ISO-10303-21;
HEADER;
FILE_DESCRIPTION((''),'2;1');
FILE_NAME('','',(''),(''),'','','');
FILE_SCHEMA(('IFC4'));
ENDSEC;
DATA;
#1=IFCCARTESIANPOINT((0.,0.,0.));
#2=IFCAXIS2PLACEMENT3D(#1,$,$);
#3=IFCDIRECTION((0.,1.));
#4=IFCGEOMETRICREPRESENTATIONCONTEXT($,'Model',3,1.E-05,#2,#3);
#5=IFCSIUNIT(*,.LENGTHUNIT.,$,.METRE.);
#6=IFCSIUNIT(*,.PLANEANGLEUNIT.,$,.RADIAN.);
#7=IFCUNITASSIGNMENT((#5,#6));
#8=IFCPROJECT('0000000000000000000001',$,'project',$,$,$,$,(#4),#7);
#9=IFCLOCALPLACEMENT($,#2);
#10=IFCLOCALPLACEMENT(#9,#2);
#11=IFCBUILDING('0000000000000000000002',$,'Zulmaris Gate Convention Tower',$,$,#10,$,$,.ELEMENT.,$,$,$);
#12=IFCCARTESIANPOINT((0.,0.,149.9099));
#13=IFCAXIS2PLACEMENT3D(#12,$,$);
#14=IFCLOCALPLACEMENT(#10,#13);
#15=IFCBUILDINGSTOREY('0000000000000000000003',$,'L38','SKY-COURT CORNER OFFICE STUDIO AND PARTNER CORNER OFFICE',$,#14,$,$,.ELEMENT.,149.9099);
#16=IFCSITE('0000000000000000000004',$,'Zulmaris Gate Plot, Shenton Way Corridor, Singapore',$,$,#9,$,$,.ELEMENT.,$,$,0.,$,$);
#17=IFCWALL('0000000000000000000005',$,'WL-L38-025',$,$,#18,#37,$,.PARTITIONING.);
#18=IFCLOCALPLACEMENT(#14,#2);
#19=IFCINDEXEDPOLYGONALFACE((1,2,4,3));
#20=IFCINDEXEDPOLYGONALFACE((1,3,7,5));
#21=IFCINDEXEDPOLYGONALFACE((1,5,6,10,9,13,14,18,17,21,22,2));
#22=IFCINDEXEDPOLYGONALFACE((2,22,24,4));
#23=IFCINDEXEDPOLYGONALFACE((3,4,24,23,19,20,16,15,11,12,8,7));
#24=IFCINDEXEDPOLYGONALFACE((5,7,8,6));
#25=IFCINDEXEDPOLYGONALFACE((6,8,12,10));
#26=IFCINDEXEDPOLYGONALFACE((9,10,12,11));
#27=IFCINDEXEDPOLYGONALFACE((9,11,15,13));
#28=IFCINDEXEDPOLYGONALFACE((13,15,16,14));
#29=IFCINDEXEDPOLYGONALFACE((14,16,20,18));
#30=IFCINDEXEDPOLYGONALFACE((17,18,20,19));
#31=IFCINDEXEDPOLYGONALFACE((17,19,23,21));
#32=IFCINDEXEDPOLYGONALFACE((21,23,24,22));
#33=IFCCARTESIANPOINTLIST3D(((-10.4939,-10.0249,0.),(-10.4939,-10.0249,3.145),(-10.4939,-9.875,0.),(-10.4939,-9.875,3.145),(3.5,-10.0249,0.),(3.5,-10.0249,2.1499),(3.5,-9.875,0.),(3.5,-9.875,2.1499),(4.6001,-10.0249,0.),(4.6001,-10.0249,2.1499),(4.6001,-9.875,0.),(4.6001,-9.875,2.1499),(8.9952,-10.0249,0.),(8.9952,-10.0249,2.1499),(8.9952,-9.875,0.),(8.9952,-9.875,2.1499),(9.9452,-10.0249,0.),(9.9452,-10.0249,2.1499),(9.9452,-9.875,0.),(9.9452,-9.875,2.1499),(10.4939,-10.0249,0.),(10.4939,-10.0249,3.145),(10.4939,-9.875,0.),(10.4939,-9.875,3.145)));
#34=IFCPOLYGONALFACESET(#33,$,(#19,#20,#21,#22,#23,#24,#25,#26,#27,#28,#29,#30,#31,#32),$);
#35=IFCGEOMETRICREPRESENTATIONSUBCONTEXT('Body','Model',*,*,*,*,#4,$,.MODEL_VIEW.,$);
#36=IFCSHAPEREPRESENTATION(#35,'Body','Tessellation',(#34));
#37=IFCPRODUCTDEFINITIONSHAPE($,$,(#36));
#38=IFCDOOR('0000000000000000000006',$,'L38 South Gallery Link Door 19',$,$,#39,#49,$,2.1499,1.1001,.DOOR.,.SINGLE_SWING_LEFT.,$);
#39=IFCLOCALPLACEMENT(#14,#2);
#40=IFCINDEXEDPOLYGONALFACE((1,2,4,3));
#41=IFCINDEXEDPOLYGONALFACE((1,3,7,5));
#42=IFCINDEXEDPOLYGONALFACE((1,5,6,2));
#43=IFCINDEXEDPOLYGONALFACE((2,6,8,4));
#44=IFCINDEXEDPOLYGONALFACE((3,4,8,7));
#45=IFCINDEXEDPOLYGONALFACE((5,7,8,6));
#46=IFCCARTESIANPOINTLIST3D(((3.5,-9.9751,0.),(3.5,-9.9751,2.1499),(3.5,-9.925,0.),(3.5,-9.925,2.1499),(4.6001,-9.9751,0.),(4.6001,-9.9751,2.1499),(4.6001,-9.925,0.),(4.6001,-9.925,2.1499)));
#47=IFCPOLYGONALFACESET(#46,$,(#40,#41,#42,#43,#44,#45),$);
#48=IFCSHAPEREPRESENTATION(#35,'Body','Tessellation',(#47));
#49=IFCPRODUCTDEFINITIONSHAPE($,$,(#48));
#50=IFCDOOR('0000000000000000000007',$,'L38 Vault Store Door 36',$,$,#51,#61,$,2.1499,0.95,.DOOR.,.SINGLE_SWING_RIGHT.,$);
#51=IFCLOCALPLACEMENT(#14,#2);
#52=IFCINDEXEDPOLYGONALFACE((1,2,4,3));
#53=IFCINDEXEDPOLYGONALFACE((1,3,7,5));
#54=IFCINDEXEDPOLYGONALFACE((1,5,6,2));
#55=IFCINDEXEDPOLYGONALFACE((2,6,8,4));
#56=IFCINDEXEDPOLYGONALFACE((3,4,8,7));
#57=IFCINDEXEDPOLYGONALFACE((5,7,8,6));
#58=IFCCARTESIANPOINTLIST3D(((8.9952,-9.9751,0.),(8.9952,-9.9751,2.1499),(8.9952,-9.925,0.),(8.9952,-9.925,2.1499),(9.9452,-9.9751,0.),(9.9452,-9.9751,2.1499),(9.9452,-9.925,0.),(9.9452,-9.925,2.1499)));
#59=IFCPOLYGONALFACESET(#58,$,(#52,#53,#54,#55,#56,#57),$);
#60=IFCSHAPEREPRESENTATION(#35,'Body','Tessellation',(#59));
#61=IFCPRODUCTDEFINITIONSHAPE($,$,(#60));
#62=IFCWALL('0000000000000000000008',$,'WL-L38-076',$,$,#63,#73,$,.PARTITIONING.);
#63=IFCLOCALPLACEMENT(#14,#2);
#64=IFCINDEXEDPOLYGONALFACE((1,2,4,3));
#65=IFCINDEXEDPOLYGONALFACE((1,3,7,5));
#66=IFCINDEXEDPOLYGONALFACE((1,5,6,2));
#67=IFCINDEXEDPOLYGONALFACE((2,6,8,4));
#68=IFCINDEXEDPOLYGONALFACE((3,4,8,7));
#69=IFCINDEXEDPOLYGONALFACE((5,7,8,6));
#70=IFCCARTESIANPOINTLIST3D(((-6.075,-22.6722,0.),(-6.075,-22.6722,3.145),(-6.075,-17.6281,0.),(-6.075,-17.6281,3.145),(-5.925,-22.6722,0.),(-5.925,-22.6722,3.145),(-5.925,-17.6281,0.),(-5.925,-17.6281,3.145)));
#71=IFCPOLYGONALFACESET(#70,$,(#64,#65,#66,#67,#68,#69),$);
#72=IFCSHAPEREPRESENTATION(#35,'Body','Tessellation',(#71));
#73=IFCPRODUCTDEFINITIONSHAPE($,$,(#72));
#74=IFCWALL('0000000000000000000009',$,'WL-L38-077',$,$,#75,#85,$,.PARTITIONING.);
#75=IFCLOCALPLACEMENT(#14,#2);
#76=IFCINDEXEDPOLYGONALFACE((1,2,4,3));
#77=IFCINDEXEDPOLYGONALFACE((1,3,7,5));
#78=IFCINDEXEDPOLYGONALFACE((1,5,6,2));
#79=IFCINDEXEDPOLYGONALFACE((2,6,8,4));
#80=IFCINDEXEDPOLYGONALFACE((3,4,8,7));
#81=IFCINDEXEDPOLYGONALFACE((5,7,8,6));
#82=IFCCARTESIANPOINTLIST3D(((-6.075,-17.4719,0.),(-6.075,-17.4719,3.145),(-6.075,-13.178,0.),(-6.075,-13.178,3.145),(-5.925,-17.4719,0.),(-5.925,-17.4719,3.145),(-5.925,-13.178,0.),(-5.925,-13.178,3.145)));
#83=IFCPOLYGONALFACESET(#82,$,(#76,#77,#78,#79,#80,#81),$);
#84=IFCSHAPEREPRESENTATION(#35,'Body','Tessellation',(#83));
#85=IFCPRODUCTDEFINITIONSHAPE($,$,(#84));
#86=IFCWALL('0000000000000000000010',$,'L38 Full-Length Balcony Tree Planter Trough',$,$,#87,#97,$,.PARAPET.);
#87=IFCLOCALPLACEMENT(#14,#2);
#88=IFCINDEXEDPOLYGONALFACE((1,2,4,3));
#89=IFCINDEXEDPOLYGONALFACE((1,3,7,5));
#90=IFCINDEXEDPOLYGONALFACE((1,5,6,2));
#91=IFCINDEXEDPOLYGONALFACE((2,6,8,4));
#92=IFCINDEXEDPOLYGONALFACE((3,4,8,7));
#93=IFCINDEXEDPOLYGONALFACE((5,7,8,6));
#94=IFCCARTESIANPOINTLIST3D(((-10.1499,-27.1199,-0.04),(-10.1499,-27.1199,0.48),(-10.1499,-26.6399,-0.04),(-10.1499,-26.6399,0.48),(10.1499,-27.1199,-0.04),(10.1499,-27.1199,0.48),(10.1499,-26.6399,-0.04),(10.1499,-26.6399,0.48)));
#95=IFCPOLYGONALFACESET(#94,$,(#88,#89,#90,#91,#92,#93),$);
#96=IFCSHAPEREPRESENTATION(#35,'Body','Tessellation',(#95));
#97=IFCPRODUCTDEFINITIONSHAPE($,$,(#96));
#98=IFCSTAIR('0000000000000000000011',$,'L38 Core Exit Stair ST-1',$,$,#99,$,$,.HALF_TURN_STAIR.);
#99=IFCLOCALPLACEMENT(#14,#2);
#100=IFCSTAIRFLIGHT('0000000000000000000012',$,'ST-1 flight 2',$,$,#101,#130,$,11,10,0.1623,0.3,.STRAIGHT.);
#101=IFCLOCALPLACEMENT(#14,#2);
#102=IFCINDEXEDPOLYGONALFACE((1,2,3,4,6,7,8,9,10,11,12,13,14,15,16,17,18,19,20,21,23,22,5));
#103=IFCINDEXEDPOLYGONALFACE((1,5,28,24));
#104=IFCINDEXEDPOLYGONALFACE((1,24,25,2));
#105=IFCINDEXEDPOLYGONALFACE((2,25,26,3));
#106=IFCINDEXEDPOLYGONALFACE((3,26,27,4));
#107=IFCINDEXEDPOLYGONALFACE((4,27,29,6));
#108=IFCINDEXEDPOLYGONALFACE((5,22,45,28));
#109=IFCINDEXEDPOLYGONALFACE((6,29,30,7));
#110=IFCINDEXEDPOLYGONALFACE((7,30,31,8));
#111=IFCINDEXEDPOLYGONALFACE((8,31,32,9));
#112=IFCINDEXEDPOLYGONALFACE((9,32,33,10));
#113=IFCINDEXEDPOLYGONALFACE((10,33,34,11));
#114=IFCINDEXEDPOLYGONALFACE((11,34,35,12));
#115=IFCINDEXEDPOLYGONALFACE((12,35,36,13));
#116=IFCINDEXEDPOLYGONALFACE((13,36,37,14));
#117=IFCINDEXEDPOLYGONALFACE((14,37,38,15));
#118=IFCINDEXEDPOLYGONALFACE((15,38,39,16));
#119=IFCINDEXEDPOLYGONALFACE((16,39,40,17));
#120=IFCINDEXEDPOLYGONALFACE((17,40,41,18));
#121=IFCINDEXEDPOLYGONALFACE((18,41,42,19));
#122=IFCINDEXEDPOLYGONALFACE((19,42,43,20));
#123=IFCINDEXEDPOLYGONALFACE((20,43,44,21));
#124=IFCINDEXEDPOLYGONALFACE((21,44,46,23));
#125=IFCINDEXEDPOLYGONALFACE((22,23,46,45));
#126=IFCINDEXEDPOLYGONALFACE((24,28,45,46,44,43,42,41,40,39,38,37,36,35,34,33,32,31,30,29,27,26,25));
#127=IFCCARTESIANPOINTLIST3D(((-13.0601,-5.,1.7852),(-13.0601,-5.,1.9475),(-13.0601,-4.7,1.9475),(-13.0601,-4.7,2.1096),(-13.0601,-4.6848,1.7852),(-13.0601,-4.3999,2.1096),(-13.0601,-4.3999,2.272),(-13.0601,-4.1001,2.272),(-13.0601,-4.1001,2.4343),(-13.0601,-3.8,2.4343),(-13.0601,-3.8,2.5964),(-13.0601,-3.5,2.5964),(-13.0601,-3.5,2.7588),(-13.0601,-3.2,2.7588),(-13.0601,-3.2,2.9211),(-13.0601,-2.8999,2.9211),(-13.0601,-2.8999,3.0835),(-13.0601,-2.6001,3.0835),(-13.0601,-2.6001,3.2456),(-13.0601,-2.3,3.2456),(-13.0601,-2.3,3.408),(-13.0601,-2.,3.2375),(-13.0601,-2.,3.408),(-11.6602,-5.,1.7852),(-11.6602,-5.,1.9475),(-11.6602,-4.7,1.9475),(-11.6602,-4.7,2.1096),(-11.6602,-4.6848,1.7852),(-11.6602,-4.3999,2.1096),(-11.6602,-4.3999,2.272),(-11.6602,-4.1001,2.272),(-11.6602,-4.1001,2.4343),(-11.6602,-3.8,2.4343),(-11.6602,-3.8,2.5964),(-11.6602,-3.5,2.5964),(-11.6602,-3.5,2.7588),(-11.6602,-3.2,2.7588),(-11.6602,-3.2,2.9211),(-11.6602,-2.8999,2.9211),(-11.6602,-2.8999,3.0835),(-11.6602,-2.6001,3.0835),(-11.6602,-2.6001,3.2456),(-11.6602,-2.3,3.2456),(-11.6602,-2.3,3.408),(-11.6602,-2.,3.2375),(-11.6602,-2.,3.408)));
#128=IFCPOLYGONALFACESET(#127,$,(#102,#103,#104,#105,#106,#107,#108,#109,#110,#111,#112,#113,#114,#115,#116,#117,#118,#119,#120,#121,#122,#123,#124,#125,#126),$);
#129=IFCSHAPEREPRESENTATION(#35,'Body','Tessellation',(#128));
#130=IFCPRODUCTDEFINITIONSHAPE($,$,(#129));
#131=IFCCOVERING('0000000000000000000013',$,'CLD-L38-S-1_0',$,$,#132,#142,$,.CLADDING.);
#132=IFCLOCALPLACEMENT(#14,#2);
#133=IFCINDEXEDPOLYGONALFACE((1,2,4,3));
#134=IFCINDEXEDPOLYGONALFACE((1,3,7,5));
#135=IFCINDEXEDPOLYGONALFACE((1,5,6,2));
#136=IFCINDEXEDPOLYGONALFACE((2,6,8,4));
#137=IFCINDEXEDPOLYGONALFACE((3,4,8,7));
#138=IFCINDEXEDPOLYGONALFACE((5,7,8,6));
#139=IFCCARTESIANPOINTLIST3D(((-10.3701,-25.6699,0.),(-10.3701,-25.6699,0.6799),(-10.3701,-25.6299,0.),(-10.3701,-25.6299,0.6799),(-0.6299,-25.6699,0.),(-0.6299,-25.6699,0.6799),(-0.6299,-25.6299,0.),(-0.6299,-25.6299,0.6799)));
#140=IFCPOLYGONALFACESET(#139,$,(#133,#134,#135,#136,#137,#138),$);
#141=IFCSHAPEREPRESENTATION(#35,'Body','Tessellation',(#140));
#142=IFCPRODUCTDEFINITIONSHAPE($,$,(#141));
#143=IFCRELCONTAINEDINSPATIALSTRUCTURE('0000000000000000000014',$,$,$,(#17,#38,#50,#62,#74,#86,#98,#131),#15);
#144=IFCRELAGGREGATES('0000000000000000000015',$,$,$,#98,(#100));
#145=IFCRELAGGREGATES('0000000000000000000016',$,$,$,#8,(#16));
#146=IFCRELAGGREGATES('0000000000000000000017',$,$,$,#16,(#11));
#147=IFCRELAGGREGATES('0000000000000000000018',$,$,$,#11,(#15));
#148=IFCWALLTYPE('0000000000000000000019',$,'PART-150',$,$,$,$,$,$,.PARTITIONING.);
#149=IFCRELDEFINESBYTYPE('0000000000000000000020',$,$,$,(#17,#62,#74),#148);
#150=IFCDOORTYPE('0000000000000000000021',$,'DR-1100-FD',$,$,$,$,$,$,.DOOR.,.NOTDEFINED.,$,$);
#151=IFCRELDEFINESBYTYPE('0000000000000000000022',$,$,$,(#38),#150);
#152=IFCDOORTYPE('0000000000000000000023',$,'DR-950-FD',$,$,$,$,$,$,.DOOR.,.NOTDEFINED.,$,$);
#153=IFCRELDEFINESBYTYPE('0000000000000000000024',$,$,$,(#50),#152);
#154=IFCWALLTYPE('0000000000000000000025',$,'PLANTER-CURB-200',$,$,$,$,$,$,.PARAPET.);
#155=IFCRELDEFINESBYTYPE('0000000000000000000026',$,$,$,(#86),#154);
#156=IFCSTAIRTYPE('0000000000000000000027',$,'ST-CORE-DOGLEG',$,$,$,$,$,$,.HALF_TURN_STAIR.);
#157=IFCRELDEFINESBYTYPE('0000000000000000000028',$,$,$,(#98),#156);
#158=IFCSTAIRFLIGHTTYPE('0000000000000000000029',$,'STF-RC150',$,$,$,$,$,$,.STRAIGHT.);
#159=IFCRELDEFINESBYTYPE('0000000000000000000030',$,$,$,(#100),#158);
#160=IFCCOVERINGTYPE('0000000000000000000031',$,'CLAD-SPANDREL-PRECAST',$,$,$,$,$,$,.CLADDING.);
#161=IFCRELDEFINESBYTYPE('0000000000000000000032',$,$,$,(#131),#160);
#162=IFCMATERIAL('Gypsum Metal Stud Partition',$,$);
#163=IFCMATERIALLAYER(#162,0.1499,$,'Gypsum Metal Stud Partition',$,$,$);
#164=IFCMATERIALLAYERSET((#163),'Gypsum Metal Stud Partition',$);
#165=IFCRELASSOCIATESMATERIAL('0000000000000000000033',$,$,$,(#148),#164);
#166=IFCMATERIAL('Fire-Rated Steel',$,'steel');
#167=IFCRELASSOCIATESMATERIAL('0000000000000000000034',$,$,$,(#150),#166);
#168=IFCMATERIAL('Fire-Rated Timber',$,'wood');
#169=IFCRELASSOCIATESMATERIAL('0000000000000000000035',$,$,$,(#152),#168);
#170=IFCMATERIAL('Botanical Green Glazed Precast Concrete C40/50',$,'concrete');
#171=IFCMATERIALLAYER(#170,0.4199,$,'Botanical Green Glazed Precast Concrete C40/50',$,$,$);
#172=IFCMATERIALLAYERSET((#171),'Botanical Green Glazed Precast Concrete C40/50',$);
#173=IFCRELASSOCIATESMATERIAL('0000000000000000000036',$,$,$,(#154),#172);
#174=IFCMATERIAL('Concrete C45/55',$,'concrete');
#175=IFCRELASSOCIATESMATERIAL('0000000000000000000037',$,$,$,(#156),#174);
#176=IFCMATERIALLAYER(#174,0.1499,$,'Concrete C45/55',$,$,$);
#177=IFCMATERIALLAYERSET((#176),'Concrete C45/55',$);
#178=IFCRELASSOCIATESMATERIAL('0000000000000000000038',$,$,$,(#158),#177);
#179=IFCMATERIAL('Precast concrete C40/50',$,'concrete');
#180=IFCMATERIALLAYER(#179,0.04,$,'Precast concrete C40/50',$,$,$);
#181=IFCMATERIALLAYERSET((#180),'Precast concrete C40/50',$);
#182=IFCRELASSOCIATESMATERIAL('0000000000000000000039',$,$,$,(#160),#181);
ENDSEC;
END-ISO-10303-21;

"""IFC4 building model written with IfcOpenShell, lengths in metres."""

from ifc_helpers import new_model, si_unit, direction, frame, frame_2d, origin, place, context, subcontext, project, spatial, polyline, rectangle, outline, extrude, material, layer, layer_set, type_object, element, fill, aggregate, save


model = new_model("IFC4")

# Units and contexts
model_context = context("Model", 3, precision=1e-05, world=origin(), true_north=direction((0.0, 1.0)))
body_context = subcontext(model_context, "Body", "Model", "MODEL_VIEW")
ifc_project = project(units=[si_unit("LENGTHUNIT", "METRE"), si_unit("PLANEANGLEUNIT", "RADIAN")], contexts=[model_context])

# Site, building, storey
site_placement = place(None, origin())
site = spatial("IfcSite", under=ifc_project, at=site_placement, Name="Zulmaris Gate Plot, Shenton Way Corridor, Singapore", CompositionType="ELEMENT", RefElevation=0.0)
building_placement = place(site_placement, origin())
building = spatial("IfcBuilding", under=site, at=building_placement, Name="Zulmaris Gate Convention Tower", CompositionType="ELEMENT")
storey_placement = place(building_placement, frame((0.0, 0.0, 149.9099)))
storey = spatial("IfcBuildingStorey", under=building, at=storey_placement, Name="L38", Description="SKY-COURT CORNER OFFICE STUDIO AND PARTNER CORNER OFFICE", CompositionType="ELEMENT", Elevation=149.9099)

# Shared definitions
ifc_material_1 = material(Name="Gypsum Metal Stud Partition")
ifc_layer_1 = layer(ifc_material_1, 0.1499, Name="Gypsum Metal Stud Partition")
ifc_layer_set_1 = layer_set([ifc_layer_1], Name="Gypsum Metal Stud Partition")
wall_type_1 = type_object("IfcWallType", Name="PART-150", PredefinedType="PARTITIONING", material=ifc_layer_set_1)

# Wall, openings, doors
wall_1_placement = place(storey_placement, frame((-10.4939, -9.95, 0.0), z_axis=(0.0, 0.0, 1.0), x_axis=(1.0, 0.0, 0.0)))
wall_1 = element("IfcWall", 1, at=wall_1_placement, inside=storey, type_object=wall_type_1, Name="WL-L38-025", PredefinedType="PARTITIONING", context=body_context, shape_type="SweptSolid", body=[
    extrude(rectangle(XDim=20.9878, YDim=0.1499, at=frame_2d((10.4939, 0.0))), origin(), (0.0, 0.0, 1.0), 3.145),
])
opening_1_placement = place(wall_1_placement, frame((13.9939, 0.0, 0.0)))
opening_1 = element("IfcOpeningElement", 2, at=opening_1_placement, cuts=wall_1, PredefinedType="OPENING", context=body_context, shape_type="SweptSolid", body=[
    extrude(rectangle(XDim=1.1001, YDim=2.1499, at=frame_2d((0.55, 1.075))), frame((0.0, 0.085, 0.0), z_axis=(0.0, -1.0, 0.0), x_axis=(1.0, 0.0, 0.0)), (0.0, 0.0, 1.0), 0.1699),
])
opening_2_placement = place(wall_1_placement, frame((19.489, 0.0, 0.0)))
opening_2 = element("IfcOpeningElement", 3, at=opening_2_placement, cuts=wall_1, PredefinedType="OPENING", context=body_context, shape_type="SweptSolid", body=[
    extrude(rectangle(XDim=0.95, YDim=2.1499, at=frame_2d((0.4751, 1.075))), frame((0.0, 0.085, 0.0), z_axis=(0.0, -1.0, 0.0), x_axis=(1.0, 0.0, 0.0)), (0.0, 0.0, 1.0), 0.1699),
])
ifc_material_2 = material(Name="Fire-Rated Steel", Category="steel")
door_type_1 = type_object("IfcDoorType", Name="DR-1100-FD", OperationType="NOTDEFINED", PredefinedType="DOOR", material=ifc_material_2)
door_1_placement = place(opening_1_placement, origin())
door_1 = element("IfcDoor", 4, at=door_1_placement, inside=storey, type_object=door_type_1, Name="L38 South Gallery Link Door 19", OperationType="SINGLE_SWING_LEFT", OverallHeight=2.1499, OverallWidth=1.1001, PredefinedType="DOOR", context=body_context, shape_type="SweptSolid", body=[
    extrude(rectangle(XDim=1.1001, YDim=2.1499, at=frame_2d((0.55, 1.075))), frame((0.0, 0.0249, 0.0), z_axis=(0.0, -1.0, 0.0), x_axis=(1.0, 0.0, 0.0)), (0.0, 0.0, 1.0), 0.05),
])
fill(opening_1, door_1)
ifc_material_3 = material(Name="Fire-Rated Timber", Category="wood")
door_type_2 = type_object("IfcDoorType", Name="DR-950-FD", OperationType="NOTDEFINED", PredefinedType="DOOR", material=ifc_material_3)
door_2_placement = place(opening_2_placement, origin())
door_2 = element("IfcDoor", 5, at=door_2_placement, inside=storey, type_object=door_type_2, Name="L38 Vault Store Door 36", OperationType="SINGLE_SWING_RIGHT", OverallHeight=2.1499, OverallWidth=0.95, PredefinedType="DOOR", context=body_context, shape_type="SweptSolid", body=[
    extrude(rectangle(XDim=0.95, YDim=2.1499, at=frame_2d((0.4751, 1.075))), frame((0.0, 0.0249, 0.0), z_axis=(0.0, -1.0, 0.0), x_axis=(1.0, 0.0, 0.0)), (0.0, 0.0, 1.0), 0.05),
])
fill(opening_2, door_2)

# Walls
wall_2_placement = place(storey_placement, frame((-6.0, -22.6721, 0.0), z_axis=(0.0, 0.0, 1.0), x_axis=(0.0, 1.0, 0.0)))
element("IfcWall", 6, at=wall_2_placement, inside=storey, type_object=wall_type_1, Name="WL-L38-076", PredefinedType="PARTITIONING", context=body_context, shape_type="SweptSolid", body=[
    extrude(rectangle(XDim=5.0442, YDim=0.1499, at=frame_2d((2.522, 0.0))), origin(), (0.0, 0.0, 1.0), 3.145),
])
wall_3_placement = place(storey_placement, frame((-6.0, -17.4719, 0.0), z_axis=(0.0, 0.0, 1.0), x_axis=(0.0, 1.0, 0.0)))
element("IfcWall", 7, at=wall_3_placement, inside=storey, type_object=wall_type_1, Name="WL-L38-077", PredefinedType="PARTITIONING", context=body_context, shape_type="SweptSolid", body=[
    extrude(rectangle(XDim=4.2939, YDim=0.1499, at=frame_2d((2.147, 0.0))), origin(), (0.0, 0.0, 1.0), 3.145),
])
ifc_material_4 = material(Name="Botanical Green Glazed Precast Concrete C40/50", Category="concrete")
ifc_layer_2 = layer(ifc_material_4, 0.4199, Name="Botanical Green Glazed Precast Concrete C40/50")
ifc_layer_set_2 = layer_set([ifc_layer_2], Name="Botanical Green Glazed Precast Concrete C40/50")
wall_type_2 = type_object("IfcWallType", Name="PLANTER-CURB-200", PredefinedType="PARAPET", material=ifc_layer_set_2)
wall_4_placement = place(storey_placement, frame((-10.1499, -26.8799, -0.04), z_axis=(0.0, 0.0, 1.0), x_axis=(1.0, 0.0, 0.0)))
element("IfcWall", 8, at=wall_4_placement, inside=storey, type_object=wall_type_2, Name="L38 Full-Length Balcony Tree Planter Trough", PredefinedType="PARAPET", context=body_context, shape_type="SweptSolid", body=[
    extrude(rectangle(XDim=20.2998, YDim=0.48, at=frame_2d((10.1499, 0.0))), origin(), (0.0, 0.0, 1.0), 0.52),
])

# Shared definitions
ifc_material_5 = material(Name="Precast concrete C40/50", Category="concrete")

# Stair, stair flight
ifc_material_6 = material(Name="Concrete C45/55", Category="concrete")
stair_type = type_object("IfcStairType", Name="ST-CORE-DOGLEG", PredefinedType="HALF_TURN_STAIR", material=ifc_material_6)
stair_placement = place(storey_placement, origin())
stair = element("IfcStair", 9, at=stair_placement, inside=storey, type_object=stair_type, Name="L38 Core Exit Stair ST-1", PredefinedType="HALF_TURN_STAIR")
ifc_layer_3 = layer(ifc_material_6, 0.1499, Name="Concrete C45/55")
ifc_layer_set_3 = layer_set([ifc_layer_3], Name="Concrete C45/55")
stair_flight_type = type_object("IfcStairFlightType", Name="STF-RC150", PredefinedType="STRAIGHT", material=ifc_layer_set_3)
stair_flight_placement = place(storey_placement, frame((-12.3601, -5.0, 1.7852), z_axis=(0.0, 0.0, 1.0), x_axis=(0.0, 1.0, 0.0)))
stair_flight = element("IfcStairFlight", 10, at=stair_flight_placement, type_object=stair_flight_type, Name="ST-1 flight 2", NumberOfRisers=11, NumberOfTreads=10, PredefinedType="STRAIGHT", RiserHeight=0.1623, TreadLength=0.3, context=body_context, shape_type="SweptSolid", body=[
    extrude(outline(polyline([(0.0, 0.0), (0.0, 0.1624), (0.3, 0.1624), (0.3, 0.3245), (0.6001, 0.3245), (0.6001, 0.4868), (0.8999, 0.4868), (0.8999, 0.6492), (1.2, 0.6492), (1.2, 0.8113), (1.5, 0.8113), (1.5, 0.9736), (1.8, 0.9736), (1.8, 1.136), (2.1001, 1.136), (2.1001, 1.2983), (2.3999, 1.2983), (2.3999, 1.4604), (2.7, 1.4604), (2.7, 1.6228), (3.0, 1.6228), (3.0, 1.7852), (3.0, 1.4524), (0.3152, 0.0), (0.0, 0.0)])), frame((0.0, 0.7, 0.0), z_axis=(0.0, -1.0, 0.0), x_axis=(1.0, 0.0, 0.0)), (0.0, 0.0, 1.0), 1.3999),
])
aggregate(stair, [stair_flight])

# Covering
ifc_layer_4 = layer(ifc_material_5, 0.04, Name="Precast concrete C40/50")
ifc_layer_set_4 = layer_set([ifc_layer_4], Name="Precast concrete C40/50")
covering_type = type_object("IfcCoveringType", Name="CLAD-SPANDREL-PRECAST", PredefinedType="CLADDING", material=ifc_layer_set_4)
covering_placement = place(storey_placement, frame((-10.3701, -25.6499, 0.0), z_axis=(0.0, 0.0, 1.0), x_axis=(1.0, 0.0, 0.0)))
element("IfcCovering", 11, at=covering_placement, inside=storey, type_object=covering_type, Name="CLD-L38-S-1_0", PredefinedType="CLADDING", context=body_context, shape_type="SweptSolid", body=[
    extrude(rectangle(XDim=9.7402, YDim=0.04, at=frame_2d((4.8701, 0.0))), origin(), (0.0, 0.0, 1.0), 0.6799),
])

save(model, "model.ifc")
